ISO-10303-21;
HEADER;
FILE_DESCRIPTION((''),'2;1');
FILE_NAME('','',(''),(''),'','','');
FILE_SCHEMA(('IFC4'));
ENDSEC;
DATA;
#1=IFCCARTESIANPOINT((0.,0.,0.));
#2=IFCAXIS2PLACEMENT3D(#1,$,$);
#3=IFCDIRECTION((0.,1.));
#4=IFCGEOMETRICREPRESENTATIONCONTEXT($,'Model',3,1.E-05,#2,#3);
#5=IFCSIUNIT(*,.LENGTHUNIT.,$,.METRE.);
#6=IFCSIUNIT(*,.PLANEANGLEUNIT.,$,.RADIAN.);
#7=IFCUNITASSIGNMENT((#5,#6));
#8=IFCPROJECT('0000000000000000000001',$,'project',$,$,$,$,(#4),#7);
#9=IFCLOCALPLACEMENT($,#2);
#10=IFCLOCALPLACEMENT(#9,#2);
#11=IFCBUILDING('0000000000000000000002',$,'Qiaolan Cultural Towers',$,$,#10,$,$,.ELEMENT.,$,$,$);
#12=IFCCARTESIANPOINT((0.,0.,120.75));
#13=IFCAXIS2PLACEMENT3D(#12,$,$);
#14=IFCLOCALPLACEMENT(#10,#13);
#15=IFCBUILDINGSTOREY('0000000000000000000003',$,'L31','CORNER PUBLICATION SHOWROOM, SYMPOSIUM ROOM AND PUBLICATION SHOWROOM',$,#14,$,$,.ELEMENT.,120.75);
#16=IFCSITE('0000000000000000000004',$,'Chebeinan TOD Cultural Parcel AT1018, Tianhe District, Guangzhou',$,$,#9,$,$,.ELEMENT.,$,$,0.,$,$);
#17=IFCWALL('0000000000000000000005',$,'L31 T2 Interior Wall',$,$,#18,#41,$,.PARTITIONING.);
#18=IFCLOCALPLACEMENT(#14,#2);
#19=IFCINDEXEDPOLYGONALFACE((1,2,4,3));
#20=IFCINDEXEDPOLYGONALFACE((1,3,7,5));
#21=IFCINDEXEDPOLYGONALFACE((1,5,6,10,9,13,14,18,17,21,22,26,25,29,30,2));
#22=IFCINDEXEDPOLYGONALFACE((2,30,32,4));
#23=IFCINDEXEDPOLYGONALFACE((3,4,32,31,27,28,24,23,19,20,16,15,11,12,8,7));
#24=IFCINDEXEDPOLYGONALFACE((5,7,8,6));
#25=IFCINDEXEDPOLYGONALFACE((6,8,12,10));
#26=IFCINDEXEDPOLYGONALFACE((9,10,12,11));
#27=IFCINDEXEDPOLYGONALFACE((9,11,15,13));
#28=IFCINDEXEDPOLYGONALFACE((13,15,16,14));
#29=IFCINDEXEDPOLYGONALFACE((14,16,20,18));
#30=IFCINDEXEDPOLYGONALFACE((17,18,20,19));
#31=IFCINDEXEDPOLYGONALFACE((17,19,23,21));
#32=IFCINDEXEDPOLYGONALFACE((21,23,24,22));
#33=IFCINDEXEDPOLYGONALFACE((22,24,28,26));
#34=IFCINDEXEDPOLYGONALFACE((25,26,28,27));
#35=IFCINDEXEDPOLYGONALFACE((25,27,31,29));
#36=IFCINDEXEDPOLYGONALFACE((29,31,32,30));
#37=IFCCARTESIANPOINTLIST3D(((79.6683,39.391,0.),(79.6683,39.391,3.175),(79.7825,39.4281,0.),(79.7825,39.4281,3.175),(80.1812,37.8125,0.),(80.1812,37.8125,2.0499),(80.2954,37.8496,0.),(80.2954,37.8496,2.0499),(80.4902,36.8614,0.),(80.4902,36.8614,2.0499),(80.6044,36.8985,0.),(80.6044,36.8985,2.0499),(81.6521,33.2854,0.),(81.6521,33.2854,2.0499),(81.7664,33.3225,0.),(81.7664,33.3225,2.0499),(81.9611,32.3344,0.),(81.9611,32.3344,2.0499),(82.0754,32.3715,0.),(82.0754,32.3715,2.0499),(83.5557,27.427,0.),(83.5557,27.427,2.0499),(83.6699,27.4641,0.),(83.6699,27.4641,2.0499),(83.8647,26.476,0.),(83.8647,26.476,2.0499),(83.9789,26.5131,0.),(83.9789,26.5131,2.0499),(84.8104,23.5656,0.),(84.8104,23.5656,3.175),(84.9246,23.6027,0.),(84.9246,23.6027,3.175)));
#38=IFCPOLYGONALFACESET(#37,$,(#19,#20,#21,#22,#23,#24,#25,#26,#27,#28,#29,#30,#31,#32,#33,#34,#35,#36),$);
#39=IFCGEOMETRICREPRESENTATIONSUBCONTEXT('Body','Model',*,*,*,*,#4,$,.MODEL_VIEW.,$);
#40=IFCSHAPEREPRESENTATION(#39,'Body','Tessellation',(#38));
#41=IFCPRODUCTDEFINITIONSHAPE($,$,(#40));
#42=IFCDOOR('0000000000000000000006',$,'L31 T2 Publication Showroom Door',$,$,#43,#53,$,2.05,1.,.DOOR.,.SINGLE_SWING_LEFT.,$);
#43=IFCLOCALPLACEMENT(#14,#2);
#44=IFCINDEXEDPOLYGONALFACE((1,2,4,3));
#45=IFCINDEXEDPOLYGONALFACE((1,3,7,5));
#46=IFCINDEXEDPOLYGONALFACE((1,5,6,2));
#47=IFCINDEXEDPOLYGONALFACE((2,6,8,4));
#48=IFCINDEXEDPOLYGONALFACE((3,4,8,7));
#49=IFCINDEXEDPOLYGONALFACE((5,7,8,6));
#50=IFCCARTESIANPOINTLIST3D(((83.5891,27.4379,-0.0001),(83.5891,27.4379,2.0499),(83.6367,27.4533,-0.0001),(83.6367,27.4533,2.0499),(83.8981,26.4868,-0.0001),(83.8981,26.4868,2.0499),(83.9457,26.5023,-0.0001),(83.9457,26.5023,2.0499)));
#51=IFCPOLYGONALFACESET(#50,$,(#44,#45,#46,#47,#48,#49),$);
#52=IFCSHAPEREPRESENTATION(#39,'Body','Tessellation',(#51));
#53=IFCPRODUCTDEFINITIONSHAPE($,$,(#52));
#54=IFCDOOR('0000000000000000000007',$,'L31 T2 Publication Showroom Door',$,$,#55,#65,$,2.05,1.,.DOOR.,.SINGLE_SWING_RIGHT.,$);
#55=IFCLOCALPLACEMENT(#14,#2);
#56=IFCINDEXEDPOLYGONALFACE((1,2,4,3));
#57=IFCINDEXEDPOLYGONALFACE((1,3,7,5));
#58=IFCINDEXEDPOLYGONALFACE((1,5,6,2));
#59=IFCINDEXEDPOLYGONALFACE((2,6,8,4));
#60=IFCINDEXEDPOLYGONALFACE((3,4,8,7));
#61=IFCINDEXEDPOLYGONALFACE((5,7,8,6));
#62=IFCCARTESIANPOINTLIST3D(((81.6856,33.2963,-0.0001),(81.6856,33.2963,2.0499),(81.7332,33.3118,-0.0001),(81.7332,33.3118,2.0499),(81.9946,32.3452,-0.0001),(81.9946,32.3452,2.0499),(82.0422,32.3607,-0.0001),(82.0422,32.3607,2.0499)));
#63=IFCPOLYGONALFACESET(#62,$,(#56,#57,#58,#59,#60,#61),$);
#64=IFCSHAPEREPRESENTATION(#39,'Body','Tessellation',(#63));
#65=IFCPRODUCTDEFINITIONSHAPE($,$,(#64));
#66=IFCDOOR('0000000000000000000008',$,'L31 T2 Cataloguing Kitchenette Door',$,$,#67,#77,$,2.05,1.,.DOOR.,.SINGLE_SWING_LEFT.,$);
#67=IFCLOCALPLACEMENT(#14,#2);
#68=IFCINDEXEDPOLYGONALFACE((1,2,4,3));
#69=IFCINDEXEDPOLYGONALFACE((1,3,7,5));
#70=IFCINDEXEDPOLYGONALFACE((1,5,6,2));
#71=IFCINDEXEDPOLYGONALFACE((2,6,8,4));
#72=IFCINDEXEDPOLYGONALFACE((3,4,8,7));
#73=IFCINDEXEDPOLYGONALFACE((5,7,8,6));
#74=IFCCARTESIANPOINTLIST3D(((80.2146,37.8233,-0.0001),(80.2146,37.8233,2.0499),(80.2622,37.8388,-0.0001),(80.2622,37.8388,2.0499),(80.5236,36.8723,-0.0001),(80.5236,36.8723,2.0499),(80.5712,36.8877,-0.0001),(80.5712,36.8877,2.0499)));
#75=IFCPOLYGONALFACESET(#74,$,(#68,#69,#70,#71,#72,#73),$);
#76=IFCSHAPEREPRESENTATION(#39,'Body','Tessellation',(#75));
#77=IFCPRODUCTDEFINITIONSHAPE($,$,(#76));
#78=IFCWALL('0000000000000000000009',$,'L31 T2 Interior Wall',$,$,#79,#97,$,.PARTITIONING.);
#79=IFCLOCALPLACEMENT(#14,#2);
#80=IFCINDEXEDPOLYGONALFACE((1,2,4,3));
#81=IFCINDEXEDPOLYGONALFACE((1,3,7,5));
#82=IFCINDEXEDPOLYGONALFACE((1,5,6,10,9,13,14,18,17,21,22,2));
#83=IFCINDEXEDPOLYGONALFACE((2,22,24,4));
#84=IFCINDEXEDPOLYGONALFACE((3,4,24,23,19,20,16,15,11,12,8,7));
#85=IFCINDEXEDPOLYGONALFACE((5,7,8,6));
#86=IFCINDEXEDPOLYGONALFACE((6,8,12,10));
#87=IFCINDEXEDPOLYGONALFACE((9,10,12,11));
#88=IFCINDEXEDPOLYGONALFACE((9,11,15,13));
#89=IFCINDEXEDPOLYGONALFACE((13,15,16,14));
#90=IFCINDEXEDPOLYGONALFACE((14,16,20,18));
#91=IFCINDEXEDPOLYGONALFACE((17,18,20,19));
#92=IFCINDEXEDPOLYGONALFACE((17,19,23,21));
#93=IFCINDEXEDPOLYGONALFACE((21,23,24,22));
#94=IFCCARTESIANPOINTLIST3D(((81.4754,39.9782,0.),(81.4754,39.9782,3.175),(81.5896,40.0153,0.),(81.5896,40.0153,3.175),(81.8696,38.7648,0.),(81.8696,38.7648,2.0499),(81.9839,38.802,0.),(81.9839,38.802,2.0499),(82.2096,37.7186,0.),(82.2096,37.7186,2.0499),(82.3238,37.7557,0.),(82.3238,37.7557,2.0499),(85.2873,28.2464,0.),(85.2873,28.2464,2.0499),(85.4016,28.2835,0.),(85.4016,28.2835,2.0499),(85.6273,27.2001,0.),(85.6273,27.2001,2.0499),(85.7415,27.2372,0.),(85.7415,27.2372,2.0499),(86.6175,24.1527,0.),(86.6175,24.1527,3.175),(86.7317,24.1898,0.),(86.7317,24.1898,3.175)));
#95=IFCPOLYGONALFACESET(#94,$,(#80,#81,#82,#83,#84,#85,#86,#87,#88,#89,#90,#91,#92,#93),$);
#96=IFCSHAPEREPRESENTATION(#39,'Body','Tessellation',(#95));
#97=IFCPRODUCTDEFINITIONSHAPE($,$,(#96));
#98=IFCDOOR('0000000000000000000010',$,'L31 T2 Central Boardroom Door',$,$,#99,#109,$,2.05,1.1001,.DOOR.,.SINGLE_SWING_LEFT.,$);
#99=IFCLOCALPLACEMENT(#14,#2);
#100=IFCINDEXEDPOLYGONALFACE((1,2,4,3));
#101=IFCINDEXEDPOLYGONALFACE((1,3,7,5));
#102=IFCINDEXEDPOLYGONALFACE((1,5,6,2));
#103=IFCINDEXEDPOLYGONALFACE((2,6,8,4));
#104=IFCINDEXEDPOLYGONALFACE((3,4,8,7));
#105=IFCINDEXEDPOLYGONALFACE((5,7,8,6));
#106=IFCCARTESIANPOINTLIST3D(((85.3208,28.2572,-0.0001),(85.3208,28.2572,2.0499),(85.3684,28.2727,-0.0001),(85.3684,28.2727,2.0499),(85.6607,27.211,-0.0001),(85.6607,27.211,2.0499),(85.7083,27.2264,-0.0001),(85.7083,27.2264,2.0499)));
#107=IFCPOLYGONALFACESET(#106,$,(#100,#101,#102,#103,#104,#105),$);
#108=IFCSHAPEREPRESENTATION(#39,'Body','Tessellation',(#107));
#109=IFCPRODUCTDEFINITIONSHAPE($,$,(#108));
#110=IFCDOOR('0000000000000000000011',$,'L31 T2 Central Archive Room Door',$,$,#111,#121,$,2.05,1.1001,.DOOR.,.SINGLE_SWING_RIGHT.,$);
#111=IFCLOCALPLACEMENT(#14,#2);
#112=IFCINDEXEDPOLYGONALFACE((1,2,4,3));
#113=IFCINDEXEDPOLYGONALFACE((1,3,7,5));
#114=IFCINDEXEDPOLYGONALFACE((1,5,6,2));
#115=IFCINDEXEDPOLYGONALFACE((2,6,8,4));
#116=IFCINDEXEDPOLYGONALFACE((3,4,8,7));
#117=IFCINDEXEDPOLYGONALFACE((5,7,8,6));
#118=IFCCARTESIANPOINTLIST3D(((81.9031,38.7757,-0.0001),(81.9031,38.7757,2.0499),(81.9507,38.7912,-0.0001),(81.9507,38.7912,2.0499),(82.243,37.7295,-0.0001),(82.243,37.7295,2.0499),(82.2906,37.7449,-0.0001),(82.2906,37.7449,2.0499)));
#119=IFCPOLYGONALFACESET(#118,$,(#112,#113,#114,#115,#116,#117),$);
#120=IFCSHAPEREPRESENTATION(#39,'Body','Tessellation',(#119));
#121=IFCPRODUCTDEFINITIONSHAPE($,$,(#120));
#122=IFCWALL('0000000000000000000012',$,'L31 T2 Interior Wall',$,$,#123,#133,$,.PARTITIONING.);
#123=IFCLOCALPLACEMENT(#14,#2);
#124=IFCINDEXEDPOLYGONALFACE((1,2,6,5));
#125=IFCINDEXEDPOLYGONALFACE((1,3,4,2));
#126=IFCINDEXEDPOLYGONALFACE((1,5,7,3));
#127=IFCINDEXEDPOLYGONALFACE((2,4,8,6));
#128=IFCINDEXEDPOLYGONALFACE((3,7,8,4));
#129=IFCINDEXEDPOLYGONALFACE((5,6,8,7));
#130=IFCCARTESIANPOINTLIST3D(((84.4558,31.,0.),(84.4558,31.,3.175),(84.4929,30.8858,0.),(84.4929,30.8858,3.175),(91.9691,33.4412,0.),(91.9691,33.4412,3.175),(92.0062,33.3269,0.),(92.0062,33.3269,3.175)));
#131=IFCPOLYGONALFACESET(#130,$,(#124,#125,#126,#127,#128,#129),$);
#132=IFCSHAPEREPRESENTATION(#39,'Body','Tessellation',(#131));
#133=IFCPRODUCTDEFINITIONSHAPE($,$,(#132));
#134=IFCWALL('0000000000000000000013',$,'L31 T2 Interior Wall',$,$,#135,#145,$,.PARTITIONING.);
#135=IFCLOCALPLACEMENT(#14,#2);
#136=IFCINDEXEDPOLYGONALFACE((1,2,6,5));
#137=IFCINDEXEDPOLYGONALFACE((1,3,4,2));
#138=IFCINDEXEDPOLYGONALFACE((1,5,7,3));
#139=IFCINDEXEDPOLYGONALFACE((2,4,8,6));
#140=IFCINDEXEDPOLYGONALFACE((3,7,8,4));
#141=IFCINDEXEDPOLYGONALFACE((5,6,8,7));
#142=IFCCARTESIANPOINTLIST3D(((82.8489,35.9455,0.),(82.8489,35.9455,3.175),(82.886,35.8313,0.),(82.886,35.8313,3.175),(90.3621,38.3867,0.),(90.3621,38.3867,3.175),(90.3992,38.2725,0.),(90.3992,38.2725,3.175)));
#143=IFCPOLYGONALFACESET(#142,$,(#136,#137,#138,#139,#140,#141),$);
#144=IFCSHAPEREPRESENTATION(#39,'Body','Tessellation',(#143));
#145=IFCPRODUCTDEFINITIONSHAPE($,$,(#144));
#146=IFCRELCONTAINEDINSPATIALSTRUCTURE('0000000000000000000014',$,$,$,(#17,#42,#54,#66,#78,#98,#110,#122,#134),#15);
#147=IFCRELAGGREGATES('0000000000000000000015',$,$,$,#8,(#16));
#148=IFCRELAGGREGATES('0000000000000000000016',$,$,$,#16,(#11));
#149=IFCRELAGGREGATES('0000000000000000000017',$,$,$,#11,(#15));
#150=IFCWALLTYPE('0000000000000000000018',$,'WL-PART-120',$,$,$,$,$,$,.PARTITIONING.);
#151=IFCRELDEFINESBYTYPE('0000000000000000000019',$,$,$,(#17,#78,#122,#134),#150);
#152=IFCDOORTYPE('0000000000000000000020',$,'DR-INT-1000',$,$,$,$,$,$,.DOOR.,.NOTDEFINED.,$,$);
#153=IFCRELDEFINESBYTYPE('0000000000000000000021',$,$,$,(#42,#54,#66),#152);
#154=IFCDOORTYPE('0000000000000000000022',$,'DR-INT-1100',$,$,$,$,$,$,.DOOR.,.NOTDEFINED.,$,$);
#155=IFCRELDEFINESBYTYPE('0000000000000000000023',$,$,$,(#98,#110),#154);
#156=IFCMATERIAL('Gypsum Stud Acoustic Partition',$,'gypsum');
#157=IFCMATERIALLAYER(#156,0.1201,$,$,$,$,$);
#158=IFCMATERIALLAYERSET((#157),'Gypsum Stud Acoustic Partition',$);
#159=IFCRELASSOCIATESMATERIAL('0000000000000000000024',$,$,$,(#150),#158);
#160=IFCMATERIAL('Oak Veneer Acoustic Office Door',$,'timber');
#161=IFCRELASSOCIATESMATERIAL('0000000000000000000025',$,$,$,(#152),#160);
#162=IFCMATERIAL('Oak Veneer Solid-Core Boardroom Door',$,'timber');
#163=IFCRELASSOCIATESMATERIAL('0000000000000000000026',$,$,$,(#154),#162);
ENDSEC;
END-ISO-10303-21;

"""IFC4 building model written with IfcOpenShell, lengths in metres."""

from ifc_helpers import new_model, si_unit, direction, frame, frame_2d, origin, place, context, subcontext, project, spatial, rectangle, extrude, material, layer, layer_set, type_object, element, fill, save


model = new_model("IFC4")

# Units and contexts
model_context = context("Model", 3, precision=1e-05, world=origin(), true_north=direction((0.0, 1.0)))
body_context = subcontext(model_context, "Body", "Model", "MODEL_VIEW")
ifc_project = project(units=[si_unit("LENGTHUNIT", "METRE"), si_unit("PLANEANGLEUNIT", "RADIAN")], contexts=[model_context])

# Site, building, storey
site_placement = place(None, origin())
site = spatial("IfcSite", under=ifc_project, at=site_placement, Name="Chebeinan TOD Cultural Parcel AT1018, Tianhe District, Guangzhou", CompositionType="ELEMENT", RefElevation=0.0)
building_placement = place(site_placement, origin())
building = spatial("IfcBuilding", under=site, at=building_placement, Name="Qiaolan Cultural Towers", CompositionType="ELEMENT")
storey_placement = place(building_placement, frame((0.0, 0.0, 120.75)))
storey = spatial("IfcBuildingStorey", under=building, at=storey_placement, Name="L31", Description="CORNER PUBLICATION SHOWROOM, SYMPOSIUM ROOM AND PUBLICATION SHOWROOM", CompositionType="ELEMENT", Elevation=120.75)

# Shared definitions
ifc_material_1 = material(Name="Gypsum Stud Acoustic Partition", Category="gypsum")
ifc_layer_1 = layer(ifc_material_1, 0.1201)
ifc_layer_set_1 = layer_set([ifc_layer_1], Name="Gypsum Stud Acoustic Partition")
wall_type_1 = type_object("IfcWallType", Name="WL-PART-120", PredefinedType="PARTITIONING", material=ifc_layer_set_1)

# Walls, openings, doors
wall_1_placement = place(storey_placement, frame((84.8674, 23.5842, 0.0), z_axis=(0.0, 0.0, 1.0), x_axis=(-0.309022, 0.951055, 0.0)))
wall_1 = element("IfcWall", 1, at=wall_1_placement, inside=storey, type_object=wall_type_1, Name="L31 T2 Interior Wall", PredefinedType="PARTITIONING", context=body_context, shape_type="SweptSolid", body=[
    extrude(rectangle(XDim=16.6399, YDim=0.1201, at=frame_2d((8.3198, 0.0))), origin(), (0.0, 0.0, 1.0), 3.175),
])
opening_1_placement = place(wall_1_placement, frame((3.0601, 0.0, 0.0)))
opening_1 = element("IfcOpeningElement", 2, at=opening_1_placement, cuts=wall_1, PredefinedType="OPENING", context=body_context, shape_type="SweptSolid", body=[
    extrude(rectangle(XDim=1.0, YDim=2.05, at=frame_2d((0.5, 1.0249))), frame((0.0, 0.0701, 0.0), z_axis=(0.0, -1.0, 0.0), x_axis=(1.0, 0.0, 0.0)), (0.0, 0.0, 1.0), 0.1401),
])
opening_2_placement = place(wall_1_placement, frame((9.22, 0.0, 0.0)))
opening_2 = element("IfcOpeningElement", 3, at=opening_2_placement, cuts=wall_1, PredefinedType="OPENING", context=body_context, shape_type="SweptSolid", body=[
    extrude(rectangle(XDim=1.0, YDim=2.05, at=frame_2d((0.5, 1.0249))), frame((0.0, 0.0701, 0.0), z_axis=(0.0, -1.0, 0.0), x_axis=(1.0, 0.0, 0.0)), (0.0, 0.0, 1.0), 0.1401),
])
opening_3_placement = place(wall_1_placement, frame((13.98, 0.0, 0.0)))
opening_3 = element("IfcOpeningElement", 4, at=opening_3_placement, cuts=wall_1, PredefinedType="OPENING", context=body_context, shape_type="SweptSolid", body=[
    extrude(rectangle(XDim=1.0, YDim=2.05, at=frame_2d((0.5, 1.0249))), frame((0.0, 0.0701, 0.0), z_axis=(0.0, -1.0, 0.0), x_axis=(1.0, 0.0, 0.0)), (0.0, 0.0, 1.0), 0.1401),
])
ifc_material_2 = material(Name="Oak Veneer Acoustic Office Door", Category="timber")
door_type_1 = type_object("IfcDoorType", Name="DR-INT-1000", OperationType="NOTDEFINED", PredefinedType="DOOR", material=ifc_material_2)
door_1_placement = place(opening_1_placement, origin())
door_1 = element("IfcDoor", 5, at=door_1_placement, inside=storey, type_object=door_type_1, Name="L31 T2 Publication Showroom Door", OperationType="SINGLE_SWING_LEFT", OverallHeight=2.05, OverallWidth=1.0, PredefinedType="DOOR", context=body_context, shape_type="SweptSolid", body=[
    extrude(rectangle(XDim=1.0, YDim=2.05, at=frame_2d((0.5, 1.0249))), frame((0.0, 0.0249, 0.0), z_axis=(0.0, -1.0, 0.0), x_axis=(1.0, 0.0, 0.0)), (0.0, 0.0, 1.0), 0.05),
])
fill(opening_1, door_1)
door_2_placement = place(opening_2_placement, origin())
door_2 = element("IfcDoor", 6, at=door_2_placement, inside=storey, type_object=door_type_1, Name="L31 T2 Publication Showroom Door", OperationType="SINGLE_SWING_RIGHT", OverallHeight=2.05, OverallWidth=1.0, PredefinedType="DOOR", context=body_context, shape_type="SweptSolid", body=[
    extrude(rectangle(XDim=1.0, YDim=2.05, at=frame_2d((0.5, 1.0249))), frame((0.0, 0.0249, 0.0), z_axis=(0.0, -1.0, 0.0), x_axis=(1.0, 0.0, 0.0)), (0.0, 0.0, 1.0), 0.05),
])
fill(opening_2, door_2)
door_3_placement = place(opening_3_placement, origin())
door_3 = element("IfcDoor", 7, at=door_3_placement, inside=storey, type_object=door_type_1, Name="L31 T2 Cataloguing Kitchenette Door", OperationType="SINGLE_SWING_LEFT", OverallHeight=2.05, OverallWidth=1.0, PredefinedType="DOOR", context=body_context, shape_type="SweptSolid", body=[
    extrude(rectangle(XDim=1.0, YDim=2.05, at=frame_2d((0.5, 1.0249))), frame((0.0, 0.0249, 0.0), z_axis=(0.0, -1.0, 0.0), x_axis=(1.0, 0.0, 0.0)), (0.0, 0.0, 1.0), 0.05),
])
fill(opening_3, door_3)
wall_2_placement = place(storey_placement, frame((86.6746, 24.1714, 0.0), z_axis=(0.0, 0.0, 1.0), x_axis=(-0.309022, 0.951055, 0.0)))
wall_2 = element("IfcWall", 8, at=wall_2_placement, inside=storey, type_object=wall_type_1, Name="L31 T2 Interior Wall", PredefinedType="PARTITIONING", context=body_context, shape_type="SweptSolid", body=[
    extrude(rectangle(XDim=16.6399, YDim=0.1201, at=frame_2d((8.3198, 0.0))), origin(), (0.0, 0.0, 1.0), 3.175),
])
opening_4_placement = place(wall_2_placement, frame((3.2041, 0.0, 0.0)))
opening_4 = element("IfcOpeningElement", 9, at=opening_4_placement, cuts=wall_2, PredefinedType="OPENING", context=body_context, shape_type="SweptSolid", body=[
    extrude(rectangle(XDim=1.1001, YDim=2.05, at=frame_2d((0.55, 1.0249))), frame((0.0, 0.0701, 0.0), z_axis=(0.0, -1.0, 0.0), x_axis=(1.0, 0.0, 0.0)), (0.0, 0.0, 1.0), 0.1401),
])
opening_5_placement = place(wall_2_placement, frame((14.2639, 0.0, 0.0)))
opening_5 = element("IfcOpeningElement", 10, at=opening_5_placement, cuts=wall_2, PredefinedType="OPENING", context=body_context, shape_type="SweptSolid", body=[
    extrude(rectangle(XDim=1.1001, YDim=2.05, at=frame_2d((0.55, 1.0249))), frame((0.0, 0.0701, 0.0), z_axis=(0.0, -1.0, 0.0), x_axis=(1.0, 0.0, 0.0)), (0.0, 0.0, 1.0), 0.1401),
])
ifc_material_3 = material(Name="Oak Veneer Solid-Core Boardroom Door", Category="timber")
door_type_2 = type_object("IfcDoorType", Name="DR-INT-1100", OperationType="NOTDEFINED", PredefinedType="DOOR", material=ifc_material_3)
door_4_placement = place(opening_4_placement, origin())
door_4 = element("IfcDoor", 11, at=door_4_placement, inside=storey, type_object=door_type_2, Name="L31 T2 Central Boardroom Door", OperationType="SINGLE_SWING_LEFT", OverallHeight=2.05, OverallWidth=1.1001, PredefinedType="DOOR", context=body_context, shape_type="SweptSolid", body=[
    extrude(rectangle(XDim=1.1001, YDim=2.05, at=frame_2d((0.55, 1.0249))), frame((0.0, 0.0249, 0.0), z_axis=(0.0, -1.0, 0.0), x_axis=(1.0, 0.0, 0.0)), (0.0, 0.0, 1.0), 0.05),
])
fill(opening_4, door_4)
door_5_placement = place(opening_5_placement, origin())
door_5 = element("IfcDoor", 12, at=door_5_placement, inside=storey, type_object=door_type_2, Name="L31 T2 Central Archive Room Door", OperationType="SINGLE_SWING_RIGHT", OverallHeight=2.05, OverallWidth=1.1001, PredefinedType="DOOR", context=body_context, shape_type="SweptSolid", body=[
    extrude(rectangle(XDim=1.1001, YDim=2.05, at=frame_2d((0.55, 1.0249))), frame((0.0, 0.0249, 0.0), z_axis=(0.0, -1.0, 0.0), x_axis=(1.0, 0.0, 0.0)), (0.0, 0.0, 1.0), 0.05),
])
fill(opening_5, door_5)

# Walls
for number, where, z_axis, x_axis, name in (
    (13, (84.4744, 30.9429, 0.0), (0.0, 0.0, 1.0), (0.951057, 0.309015, 0.0), "L31 T2 Interior Wall"),
    (14, (82.8674, 35.8884, 0.0), (0.0, 0.0, 1.0), (0.951057, 0.309015, 0.0), "L31 T2 Interior Wall"),
):
    element("IfcWall", number, at=place(storey_placement, frame(where, z_axis=z_axis, x_axis=x_axis)), inside=storey, type_object=wall_type_1, Name=name, PredefinedType="PARTITIONING", context=body_context, shape_type="SweptSolid", body=[
        extrude(rectangle(XDim=7.8999, YDim=0.1201, at=frame_2d((3.95, 0.0))), origin(), (0.0, 0.0, 1.0), 3.175),
    ])

save(model, "model.ifc")
